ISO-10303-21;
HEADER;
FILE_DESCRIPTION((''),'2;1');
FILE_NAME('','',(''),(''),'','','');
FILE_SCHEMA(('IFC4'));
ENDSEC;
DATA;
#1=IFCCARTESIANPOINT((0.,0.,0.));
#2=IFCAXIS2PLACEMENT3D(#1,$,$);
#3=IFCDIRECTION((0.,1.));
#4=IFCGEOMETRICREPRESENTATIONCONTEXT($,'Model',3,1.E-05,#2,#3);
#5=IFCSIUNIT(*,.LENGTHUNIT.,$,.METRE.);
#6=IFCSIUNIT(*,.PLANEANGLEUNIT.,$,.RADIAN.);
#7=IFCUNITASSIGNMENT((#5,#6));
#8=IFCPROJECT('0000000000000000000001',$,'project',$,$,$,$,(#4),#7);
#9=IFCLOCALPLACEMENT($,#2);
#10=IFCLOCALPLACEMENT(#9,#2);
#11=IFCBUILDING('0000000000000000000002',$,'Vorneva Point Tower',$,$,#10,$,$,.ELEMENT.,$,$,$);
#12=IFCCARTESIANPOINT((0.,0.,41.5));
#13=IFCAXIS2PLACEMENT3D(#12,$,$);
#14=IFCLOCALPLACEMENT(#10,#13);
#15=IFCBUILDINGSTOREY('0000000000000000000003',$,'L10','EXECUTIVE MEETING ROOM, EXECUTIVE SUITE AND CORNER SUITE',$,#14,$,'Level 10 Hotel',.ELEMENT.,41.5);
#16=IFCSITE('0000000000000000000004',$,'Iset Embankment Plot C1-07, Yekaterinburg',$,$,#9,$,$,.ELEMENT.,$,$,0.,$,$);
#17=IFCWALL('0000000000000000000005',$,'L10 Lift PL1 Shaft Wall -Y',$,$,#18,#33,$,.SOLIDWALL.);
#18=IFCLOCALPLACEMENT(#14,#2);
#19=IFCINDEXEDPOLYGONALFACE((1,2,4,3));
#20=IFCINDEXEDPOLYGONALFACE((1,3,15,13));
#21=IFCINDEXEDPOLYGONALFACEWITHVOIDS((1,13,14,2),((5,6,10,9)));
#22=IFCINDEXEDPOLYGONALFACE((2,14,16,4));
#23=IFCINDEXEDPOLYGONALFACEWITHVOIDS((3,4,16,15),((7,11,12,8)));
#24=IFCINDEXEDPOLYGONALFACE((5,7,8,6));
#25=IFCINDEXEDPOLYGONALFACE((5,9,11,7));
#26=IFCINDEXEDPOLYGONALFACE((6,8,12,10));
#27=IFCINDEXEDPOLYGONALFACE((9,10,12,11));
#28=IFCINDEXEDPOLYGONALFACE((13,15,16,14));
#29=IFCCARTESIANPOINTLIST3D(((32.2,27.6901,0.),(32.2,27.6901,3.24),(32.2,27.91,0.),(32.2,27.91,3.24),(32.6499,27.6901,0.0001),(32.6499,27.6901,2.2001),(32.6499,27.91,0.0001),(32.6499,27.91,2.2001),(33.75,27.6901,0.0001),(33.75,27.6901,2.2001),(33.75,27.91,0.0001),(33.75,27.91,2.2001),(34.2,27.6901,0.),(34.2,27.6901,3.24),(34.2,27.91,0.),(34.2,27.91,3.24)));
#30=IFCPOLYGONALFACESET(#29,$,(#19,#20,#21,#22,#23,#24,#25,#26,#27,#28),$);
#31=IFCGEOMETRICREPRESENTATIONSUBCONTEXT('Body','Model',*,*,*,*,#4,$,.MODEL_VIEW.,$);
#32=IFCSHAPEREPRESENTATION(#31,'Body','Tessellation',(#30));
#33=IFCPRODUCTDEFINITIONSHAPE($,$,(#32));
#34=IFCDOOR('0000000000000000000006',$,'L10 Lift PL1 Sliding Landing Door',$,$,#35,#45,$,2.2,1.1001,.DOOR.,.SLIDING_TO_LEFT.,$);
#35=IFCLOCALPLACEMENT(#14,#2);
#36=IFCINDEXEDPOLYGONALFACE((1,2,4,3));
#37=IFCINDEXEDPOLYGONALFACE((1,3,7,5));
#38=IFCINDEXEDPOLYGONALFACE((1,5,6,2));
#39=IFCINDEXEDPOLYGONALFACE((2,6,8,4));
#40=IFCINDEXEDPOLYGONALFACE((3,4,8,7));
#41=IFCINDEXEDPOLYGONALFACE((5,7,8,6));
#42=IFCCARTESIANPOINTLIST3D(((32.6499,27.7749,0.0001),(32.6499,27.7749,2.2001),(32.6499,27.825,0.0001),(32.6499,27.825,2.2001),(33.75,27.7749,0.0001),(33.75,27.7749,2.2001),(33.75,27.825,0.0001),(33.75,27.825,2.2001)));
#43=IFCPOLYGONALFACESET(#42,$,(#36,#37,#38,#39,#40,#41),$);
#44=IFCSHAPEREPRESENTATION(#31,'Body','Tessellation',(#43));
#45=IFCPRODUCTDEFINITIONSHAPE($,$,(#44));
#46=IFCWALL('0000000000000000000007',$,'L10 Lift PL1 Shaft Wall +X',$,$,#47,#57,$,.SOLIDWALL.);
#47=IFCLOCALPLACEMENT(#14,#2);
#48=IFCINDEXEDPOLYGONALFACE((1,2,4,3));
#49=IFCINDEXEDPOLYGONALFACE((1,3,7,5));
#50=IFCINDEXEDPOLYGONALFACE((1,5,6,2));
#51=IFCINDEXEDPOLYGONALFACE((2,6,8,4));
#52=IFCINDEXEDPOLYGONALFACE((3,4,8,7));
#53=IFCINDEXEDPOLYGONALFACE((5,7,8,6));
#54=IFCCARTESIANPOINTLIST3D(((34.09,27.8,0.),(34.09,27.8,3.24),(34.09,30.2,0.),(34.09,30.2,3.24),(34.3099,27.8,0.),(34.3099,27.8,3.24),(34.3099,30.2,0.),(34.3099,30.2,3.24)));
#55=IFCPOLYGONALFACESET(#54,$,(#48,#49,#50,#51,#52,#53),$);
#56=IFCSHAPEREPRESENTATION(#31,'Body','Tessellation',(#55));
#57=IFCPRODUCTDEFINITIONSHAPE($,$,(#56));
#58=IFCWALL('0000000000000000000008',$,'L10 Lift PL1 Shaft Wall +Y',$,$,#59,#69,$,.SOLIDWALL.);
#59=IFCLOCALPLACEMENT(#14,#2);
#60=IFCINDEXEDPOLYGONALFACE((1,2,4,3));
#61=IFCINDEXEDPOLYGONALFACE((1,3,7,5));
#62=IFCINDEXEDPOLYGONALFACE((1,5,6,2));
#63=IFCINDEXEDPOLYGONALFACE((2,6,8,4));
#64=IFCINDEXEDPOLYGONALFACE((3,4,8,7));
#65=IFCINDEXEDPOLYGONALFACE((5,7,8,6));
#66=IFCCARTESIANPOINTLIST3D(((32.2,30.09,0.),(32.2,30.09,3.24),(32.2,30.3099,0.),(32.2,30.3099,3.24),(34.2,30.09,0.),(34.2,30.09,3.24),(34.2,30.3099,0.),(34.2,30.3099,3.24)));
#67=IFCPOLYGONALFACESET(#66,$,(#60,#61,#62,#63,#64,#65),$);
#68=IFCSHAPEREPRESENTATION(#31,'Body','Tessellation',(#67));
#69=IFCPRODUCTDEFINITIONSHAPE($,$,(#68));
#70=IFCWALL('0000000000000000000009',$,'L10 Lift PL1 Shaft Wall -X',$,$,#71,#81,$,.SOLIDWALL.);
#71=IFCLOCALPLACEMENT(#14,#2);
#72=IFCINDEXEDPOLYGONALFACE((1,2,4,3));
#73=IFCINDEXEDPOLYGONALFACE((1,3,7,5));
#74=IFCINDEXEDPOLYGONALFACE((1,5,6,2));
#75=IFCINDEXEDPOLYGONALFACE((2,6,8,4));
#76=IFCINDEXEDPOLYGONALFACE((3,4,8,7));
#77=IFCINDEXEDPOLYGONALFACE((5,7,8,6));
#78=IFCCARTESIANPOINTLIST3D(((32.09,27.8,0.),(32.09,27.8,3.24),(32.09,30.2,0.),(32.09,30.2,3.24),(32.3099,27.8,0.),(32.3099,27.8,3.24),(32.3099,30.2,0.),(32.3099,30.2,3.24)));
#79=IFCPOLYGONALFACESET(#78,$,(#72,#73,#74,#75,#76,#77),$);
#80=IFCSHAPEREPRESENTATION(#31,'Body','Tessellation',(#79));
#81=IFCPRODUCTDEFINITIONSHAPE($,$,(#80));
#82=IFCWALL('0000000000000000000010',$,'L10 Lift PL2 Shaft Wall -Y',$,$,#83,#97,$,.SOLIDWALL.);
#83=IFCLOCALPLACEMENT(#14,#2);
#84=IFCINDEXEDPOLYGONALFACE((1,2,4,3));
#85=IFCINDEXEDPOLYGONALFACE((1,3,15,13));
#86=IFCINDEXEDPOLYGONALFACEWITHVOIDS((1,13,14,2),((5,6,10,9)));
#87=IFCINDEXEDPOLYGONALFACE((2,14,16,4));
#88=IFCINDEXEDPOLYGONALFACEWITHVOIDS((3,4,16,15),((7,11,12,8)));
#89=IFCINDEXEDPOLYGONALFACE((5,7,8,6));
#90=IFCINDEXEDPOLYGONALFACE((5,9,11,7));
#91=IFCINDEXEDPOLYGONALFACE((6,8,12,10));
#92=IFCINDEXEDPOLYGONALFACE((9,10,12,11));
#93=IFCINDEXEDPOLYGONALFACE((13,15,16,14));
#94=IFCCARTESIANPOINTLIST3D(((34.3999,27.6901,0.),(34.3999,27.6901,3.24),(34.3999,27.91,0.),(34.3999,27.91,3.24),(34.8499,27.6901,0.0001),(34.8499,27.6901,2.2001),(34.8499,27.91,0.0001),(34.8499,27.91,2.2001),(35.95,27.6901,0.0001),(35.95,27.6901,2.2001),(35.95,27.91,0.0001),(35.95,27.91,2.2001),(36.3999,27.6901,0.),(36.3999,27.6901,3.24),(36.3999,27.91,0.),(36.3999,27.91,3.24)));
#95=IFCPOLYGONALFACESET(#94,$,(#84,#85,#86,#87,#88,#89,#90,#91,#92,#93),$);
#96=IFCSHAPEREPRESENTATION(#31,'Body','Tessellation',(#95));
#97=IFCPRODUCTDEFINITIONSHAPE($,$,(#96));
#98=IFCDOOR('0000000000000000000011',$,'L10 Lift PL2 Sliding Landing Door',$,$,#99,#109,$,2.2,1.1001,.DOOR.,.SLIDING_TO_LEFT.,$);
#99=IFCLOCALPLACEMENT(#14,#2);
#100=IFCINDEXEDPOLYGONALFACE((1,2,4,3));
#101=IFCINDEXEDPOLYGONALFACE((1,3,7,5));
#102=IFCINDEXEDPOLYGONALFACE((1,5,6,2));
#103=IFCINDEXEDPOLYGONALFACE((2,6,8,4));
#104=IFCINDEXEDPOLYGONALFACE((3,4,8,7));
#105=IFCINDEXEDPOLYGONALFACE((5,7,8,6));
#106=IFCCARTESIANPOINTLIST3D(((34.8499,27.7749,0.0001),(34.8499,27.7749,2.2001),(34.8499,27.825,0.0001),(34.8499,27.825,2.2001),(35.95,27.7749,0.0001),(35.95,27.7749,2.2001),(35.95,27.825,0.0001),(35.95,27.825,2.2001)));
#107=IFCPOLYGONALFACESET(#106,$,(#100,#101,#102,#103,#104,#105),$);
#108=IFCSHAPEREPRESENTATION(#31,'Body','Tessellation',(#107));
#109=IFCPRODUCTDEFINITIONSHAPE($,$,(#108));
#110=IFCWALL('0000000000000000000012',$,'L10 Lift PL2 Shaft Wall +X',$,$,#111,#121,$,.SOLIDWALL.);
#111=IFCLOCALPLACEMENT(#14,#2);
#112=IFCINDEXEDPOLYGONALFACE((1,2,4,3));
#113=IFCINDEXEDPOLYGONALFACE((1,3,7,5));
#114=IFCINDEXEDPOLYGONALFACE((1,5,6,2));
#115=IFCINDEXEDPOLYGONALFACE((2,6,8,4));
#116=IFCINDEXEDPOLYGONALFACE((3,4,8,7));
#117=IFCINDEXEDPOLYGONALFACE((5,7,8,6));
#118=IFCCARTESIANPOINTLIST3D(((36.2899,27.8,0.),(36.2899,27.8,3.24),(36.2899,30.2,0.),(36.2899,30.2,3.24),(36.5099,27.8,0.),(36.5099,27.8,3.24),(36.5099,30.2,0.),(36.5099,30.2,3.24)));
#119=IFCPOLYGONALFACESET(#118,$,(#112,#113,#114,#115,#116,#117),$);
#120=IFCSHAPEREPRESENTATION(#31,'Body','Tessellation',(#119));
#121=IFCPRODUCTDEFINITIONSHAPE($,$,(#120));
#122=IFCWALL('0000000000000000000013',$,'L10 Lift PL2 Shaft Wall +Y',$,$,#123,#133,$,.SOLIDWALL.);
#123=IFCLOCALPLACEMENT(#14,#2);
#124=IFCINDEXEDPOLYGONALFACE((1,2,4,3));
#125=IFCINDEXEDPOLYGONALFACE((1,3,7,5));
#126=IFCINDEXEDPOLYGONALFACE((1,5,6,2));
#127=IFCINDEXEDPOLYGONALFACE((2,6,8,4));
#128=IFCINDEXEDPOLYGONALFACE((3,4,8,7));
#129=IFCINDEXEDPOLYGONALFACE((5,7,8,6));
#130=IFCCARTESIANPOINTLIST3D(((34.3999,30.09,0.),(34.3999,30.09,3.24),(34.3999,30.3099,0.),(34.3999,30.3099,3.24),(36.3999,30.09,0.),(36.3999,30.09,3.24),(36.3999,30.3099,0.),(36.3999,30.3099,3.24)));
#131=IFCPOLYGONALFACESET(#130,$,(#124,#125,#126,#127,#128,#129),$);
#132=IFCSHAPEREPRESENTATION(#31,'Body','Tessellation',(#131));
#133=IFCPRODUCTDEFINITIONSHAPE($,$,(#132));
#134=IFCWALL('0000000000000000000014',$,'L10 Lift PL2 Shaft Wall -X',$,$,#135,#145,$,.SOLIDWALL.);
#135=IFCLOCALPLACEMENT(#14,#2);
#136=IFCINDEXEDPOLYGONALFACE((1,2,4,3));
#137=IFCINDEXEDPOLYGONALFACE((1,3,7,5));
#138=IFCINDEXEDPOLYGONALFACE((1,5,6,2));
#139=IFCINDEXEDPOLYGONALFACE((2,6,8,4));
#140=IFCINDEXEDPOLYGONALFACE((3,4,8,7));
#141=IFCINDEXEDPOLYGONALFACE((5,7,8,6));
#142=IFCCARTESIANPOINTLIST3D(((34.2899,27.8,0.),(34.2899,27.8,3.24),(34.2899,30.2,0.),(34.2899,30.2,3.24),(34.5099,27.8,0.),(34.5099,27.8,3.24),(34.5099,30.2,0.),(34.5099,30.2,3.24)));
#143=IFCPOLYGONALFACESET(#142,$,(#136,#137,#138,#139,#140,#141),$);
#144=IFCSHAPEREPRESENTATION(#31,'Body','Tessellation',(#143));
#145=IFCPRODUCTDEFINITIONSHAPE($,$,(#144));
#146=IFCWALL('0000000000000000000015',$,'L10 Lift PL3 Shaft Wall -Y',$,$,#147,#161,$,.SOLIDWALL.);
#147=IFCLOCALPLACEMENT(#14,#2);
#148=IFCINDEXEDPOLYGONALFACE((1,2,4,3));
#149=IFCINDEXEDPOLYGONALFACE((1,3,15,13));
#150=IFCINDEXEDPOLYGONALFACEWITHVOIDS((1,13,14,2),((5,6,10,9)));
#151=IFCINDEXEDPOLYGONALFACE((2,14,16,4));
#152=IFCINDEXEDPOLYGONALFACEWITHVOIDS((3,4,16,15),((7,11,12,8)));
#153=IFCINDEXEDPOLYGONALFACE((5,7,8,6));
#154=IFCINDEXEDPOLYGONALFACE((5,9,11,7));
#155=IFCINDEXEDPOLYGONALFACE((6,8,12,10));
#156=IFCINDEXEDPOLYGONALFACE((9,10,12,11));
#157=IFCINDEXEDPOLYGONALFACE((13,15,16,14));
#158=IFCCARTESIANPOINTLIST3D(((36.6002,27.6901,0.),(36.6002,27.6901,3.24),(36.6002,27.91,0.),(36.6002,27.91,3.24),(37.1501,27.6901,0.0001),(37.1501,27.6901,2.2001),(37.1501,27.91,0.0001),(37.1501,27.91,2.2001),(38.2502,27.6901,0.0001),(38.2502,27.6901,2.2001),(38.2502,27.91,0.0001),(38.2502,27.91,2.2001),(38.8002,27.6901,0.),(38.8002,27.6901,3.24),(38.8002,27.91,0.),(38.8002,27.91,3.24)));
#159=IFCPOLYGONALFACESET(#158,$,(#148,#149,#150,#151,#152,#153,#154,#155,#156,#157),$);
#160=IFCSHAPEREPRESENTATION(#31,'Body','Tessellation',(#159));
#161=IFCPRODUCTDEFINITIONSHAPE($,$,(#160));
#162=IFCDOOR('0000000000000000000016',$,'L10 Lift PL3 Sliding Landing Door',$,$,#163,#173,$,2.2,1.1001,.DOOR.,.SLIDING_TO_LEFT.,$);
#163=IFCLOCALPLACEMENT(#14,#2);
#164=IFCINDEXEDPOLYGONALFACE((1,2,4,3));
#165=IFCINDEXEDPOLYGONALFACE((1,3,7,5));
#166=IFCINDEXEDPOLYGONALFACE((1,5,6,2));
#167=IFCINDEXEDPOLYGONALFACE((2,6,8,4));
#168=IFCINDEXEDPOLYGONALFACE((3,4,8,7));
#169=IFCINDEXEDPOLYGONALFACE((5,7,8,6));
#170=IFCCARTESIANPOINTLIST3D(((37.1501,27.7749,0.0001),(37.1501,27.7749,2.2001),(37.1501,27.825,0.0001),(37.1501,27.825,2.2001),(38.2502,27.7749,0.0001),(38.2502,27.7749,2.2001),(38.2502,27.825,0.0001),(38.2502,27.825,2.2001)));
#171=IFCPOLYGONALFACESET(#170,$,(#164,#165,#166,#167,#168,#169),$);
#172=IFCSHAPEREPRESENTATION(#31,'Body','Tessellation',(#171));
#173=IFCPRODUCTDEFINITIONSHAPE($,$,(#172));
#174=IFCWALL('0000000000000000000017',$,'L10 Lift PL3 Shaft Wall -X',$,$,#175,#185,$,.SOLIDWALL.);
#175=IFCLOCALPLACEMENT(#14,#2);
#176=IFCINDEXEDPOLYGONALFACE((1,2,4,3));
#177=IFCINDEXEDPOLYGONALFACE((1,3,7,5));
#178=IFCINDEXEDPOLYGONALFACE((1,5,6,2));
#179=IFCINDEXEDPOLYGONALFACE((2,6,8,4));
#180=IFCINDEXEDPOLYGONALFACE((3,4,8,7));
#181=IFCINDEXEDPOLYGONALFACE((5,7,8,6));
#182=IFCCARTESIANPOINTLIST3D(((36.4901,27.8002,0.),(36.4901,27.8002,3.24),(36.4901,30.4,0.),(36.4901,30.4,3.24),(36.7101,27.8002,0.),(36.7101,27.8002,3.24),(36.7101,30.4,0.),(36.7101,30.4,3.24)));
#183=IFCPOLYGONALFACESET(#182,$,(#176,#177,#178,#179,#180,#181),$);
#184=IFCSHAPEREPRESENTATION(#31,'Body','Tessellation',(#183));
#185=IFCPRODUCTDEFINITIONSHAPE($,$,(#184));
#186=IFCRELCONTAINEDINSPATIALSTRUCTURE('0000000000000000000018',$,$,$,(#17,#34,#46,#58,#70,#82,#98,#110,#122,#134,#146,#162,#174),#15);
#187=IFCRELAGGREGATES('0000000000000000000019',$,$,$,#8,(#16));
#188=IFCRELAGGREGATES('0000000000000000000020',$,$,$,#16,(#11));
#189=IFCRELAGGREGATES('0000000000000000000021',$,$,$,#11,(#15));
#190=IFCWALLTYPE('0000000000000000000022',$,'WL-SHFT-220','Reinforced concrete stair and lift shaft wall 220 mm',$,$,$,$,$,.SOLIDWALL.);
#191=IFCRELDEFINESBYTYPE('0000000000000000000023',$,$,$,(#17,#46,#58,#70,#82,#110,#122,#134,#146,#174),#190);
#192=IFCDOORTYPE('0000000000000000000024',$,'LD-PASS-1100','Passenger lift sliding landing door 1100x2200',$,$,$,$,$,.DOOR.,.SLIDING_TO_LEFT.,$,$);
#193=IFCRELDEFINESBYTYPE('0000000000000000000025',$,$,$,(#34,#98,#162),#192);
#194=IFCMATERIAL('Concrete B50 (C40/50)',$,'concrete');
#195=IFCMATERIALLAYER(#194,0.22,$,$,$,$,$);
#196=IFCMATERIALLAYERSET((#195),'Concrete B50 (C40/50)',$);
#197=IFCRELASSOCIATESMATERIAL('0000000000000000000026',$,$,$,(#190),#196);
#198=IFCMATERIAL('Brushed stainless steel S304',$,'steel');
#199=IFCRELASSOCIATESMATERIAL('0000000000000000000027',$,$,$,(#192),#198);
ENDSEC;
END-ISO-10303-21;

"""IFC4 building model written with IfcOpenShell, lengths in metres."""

from ifc_helpers import new_model, si_unit, direction, frame, frame_2d, origin, place, context, subcontext, project, spatial, rectangle, extrude, material, layer, layer_set, type_object, element, fill, save


model = new_model("IFC4")

# Units and contexts
model_context = context("Model", 3, precision=1e-05, world=origin(), true_north=direction((0.0, 1.0)))
body_context = subcontext(model_context, "Body", "Model", "MODEL_VIEW")
ifc_project = project(units=[si_unit("LENGTHUNIT", "METRE"), si_unit("PLANEANGLEUNIT", "RADIAN")], contexts=[model_context])

# Site, building, storey
site_placement = place(None, origin())
site = spatial("IfcSite", under=ifc_project, at=site_placement, Name="Iset Embankment Plot C1-07, Yekaterinburg", CompositionType="ELEMENT", RefElevation=0.0)
building_placement = place(site_placement, origin())
building = spatial("IfcBuilding", under=site, at=building_placement, Name="Vorneva Point Tower", CompositionType="ELEMENT")
storey_placement = place(building_placement, frame((0.0, 0.0, 41.5)))
storey = spatial("IfcBuildingStorey", under=building, at=storey_placement, Name="L10", Description="EXECUTIVE MEETING ROOM, EXECUTIVE SUITE AND CORNER SUITE", LongName="Level 10 Hotel", CompositionType="ELEMENT", Elevation=41.5)

# Wall, opening, door
ifc_material_1 = material(Name="Concrete B50 (C40/50)", Category="concrete")
ifc_layer_1 = layer(ifc_material_1, 0.22)
ifc_layer_set_1 = layer_set([ifc_layer_1], Name="Concrete B50 (C40/50)")
wall_type_1 = type_object("IfcWallType", Name="WL-SHFT-220", Description="Reinforced concrete stair and lift shaft wall 220 mm", PredefinedType="SOLIDWALL", material=ifc_layer_set_1)
wall_1_placement = place(storey_placement, frame((32.2, 27.8, 0.0), z_axis=(0.0, 0.0, 1.0), x_axis=(1.0, 0.0, 0.0)))
wall_1 = element("IfcWall", 1, at=wall_1_placement, inside=storey, type_object=wall_type_1, Name="L10 Lift PL1 Shaft Wall -Y", PredefinedType="SOLIDWALL", context=body_context, shape_type="SweptSolid", body=[
    extrude(rectangle(XDim=2.0, YDim=0.22, at=frame_2d((1.0, 0.0))), origin(), (0.0, 0.0, 1.0), 3.24),
])
opening_1_placement = place(wall_1_placement, frame((0.45, 0.0, 0.0)))
opening_1 = element("IfcOpeningElement", 2, at=opening_1_placement, cuts=wall_1, PredefinedType="OPENING", context=body_context, shape_type="SweptSolid", body=[
    extrude(rectangle(XDim=1.1001, YDim=2.2, at=frame_2d((0.55, 1.1001))), frame((0.0, 0.125, 0.0), z_axis=(0.0, -1.0, 0.0), x_axis=(1.0, 0.0, 0.0)), (0.0, 0.0, 1.0), 0.2498),
])
ifc_material_2 = material(Name="Brushed stainless steel S304", Category="steel")
door_type = type_object("IfcDoorType", Name="LD-PASS-1100", Description="Passenger lift sliding landing door 1100x2200", OperationType="SLIDING_TO_LEFT", PredefinedType="DOOR", material=ifc_material_2)
door_1_placement = place(opening_1_placement, origin())
door_1 = element("IfcDoor", 3, at=door_1_placement, inside=storey, type_object=door_type, Name="L10 Lift PL1 Sliding Landing Door", OperationType="SLIDING_TO_LEFT", OverallHeight=2.2, OverallWidth=1.1001, PredefinedType="DOOR", context=body_context, shape_type="SweptSolid", body=[
    extrude(rectangle(XDim=1.1001, YDim=2.2, at=frame_2d((0.55, 1.1001))), frame((0.0, 0.0249, 0.0), z_axis=(0.0, -1.0, 0.0), x_axis=(1.0, 0.0, 0.0)), (0.0, 0.0, 1.0), 0.05),
])
fill(opening_1, door_1)

# Walls
wall_2_placement = place(storey_placement, frame((34.2, 27.8, 0.0), z_axis=(0.0, 0.0, 1.0), x_axis=(0.0, 1.0, 0.0)))
element("IfcWall", 4, at=wall_2_placement, inside=storey, type_object=wall_type_1, Name="L10 Lift PL1 Shaft Wall +X", PredefinedType="SOLIDWALL", context=body_context, shape_type="SweptSolid", body=[
    extrude(rectangle(XDim=2.3999, YDim=0.22, at=frame_2d((1.2, 0.0))), origin(), (0.0, 0.0, 1.0), 3.24),
])
wall_3_placement = place(storey_placement, frame((34.2, 30.2, 0.0), z_axis=(0.0, 0.0, 1.0), x_axis=(-1.0, 0.0, 0.0)))
element("IfcWall", 5, at=wall_3_placement, inside=storey, type_object=wall_type_1, Name="L10 Lift PL1 Shaft Wall +Y", PredefinedType="SOLIDWALL", context=body_context, shape_type="SweptSolid", body=[
    extrude(rectangle(XDim=2.0, YDim=0.22, at=frame_2d((1.0, 0.0))), origin(), (0.0, 0.0, 1.0), 3.24),
])
wall_4_placement = place(storey_placement, frame((32.2, 30.2, 0.0), z_axis=(0.0, 0.0, 1.0), x_axis=(0.0, -1.0, 0.0)))
element("IfcWall", 6, at=wall_4_placement, inside=storey, type_object=wall_type_1, Name="L10 Lift PL1 Shaft Wall -X", PredefinedType="SOLIDWALL", context=body_context, shape_type="SweptSolid", body=[
    extrude(rectangle(XDim=2.3999, YDim=0.22, at=frame_2d((1.2, 0.0))), origin(), (0.0, 0.0, 1.0), 3.24),
])

# Wall, opening, door
wall_5_placement = place(storey_placement, frame((34.3999, 27.8, 0.0), z_axis=(0.0, 0.0, 1.0), x_axis=(1.0, 0.0, 0.0)))
wall_5 = element("IfcWall", 7, at=wall_5_placement, inside=storey, type_object=wall_type_1, Name="L10 Lift PL2 Shaft Wall -Y", PredefinedType="SOLIDWALL", context=body_context, shape_type="SweptSolid", body=[
    extrude(rectangle(XDim=2.0, YDim=0.22, at=frame_2d((1.0, 0.0))), origin(), (0.0, 0.0, 1.0), 3.24),
])
opening_2_placement = place(wall_5_placement, frame((0.45, 0.0, 0.0)))
opening_2 = element("IfcOpeningElement", 8, at=opening_2_placement, cuts=wall_5, PredefinedType="OPENING", context=body_context, shape_type="SweptSolid", body=[
    extrude(rectangle(XDim=1.1001, YDim=2.2, at=frame_2d((0.55, 1.1001))), frame((0.0, 0.125, 0.0), z_axis=(0.0, -1.0, 0.0), x_axis=(1.0, 0.0, 0.0)), (0.0, 0.0, 1.0), 0.2498),
])
door_2_placement = place(opening_2_placement, origin())
door_2 = element("IfcDoor", 9, at=door_2_placement, inside=storey, type_object=door_type, Name="L10 Lift PL2 Sliding Landing Door", OperationType="SLIDING_TO_LEFT", OverallHeight=2.2, OverallWidth=1.1001, PredefinedType="DOOR", context=body_context, shape_type="SweptSolid", body=[
    extrude(rectangle(XDim=1.1001, YDim=2.2, at=frame_2d((0.55, 1.1001))), frame((0.0, 0.0249, 0.0), z_axis=(0.0, -1.0, 0.0), x_axis=(1.0, 0.0, 0.0)), (0.0, 0.0, 1.0), 0.05),
])
fill(opening_2, door_2)

# Walls
wall_6_placement = place(storey_placement, frame((36.3999, 27.8, 0.0), z_axis=(0.0, 0.0, 1.0), x_axis=(0.0, 1.0, 0.0)))
element("IfcWall", 10, at=wall_6_placement, inside=storey, type_object=wall_type_1, Name="L10 Lift PL2 Shaft Wall +X", PredefinedType="SOLIDWALL", context=body_context, shape_type="SweptSolid", body=[
    extrude(rectangle(XDim=2.3999, YDim=0.22, at=frame_2d((1.2, 0.0))), origin(), (0.0, 0.0, 1.0), 3.24),
])
wall_7_placement = place(storey_placement, frame((36.3999, 30.2, 0.0), z_axis=(0.0, 0.0, 1.0), x_axis=(-1.0, 0.0, 0.0)))
element("IfcWall", 11, at=wall_7_placement, inside=storey, type_object=wall_type_1, Name="L10 Lift PL2 Shaft Wall +Y", PredefinedType="SOLIDWALL", context=body_context, shape_type="SweptSolid", body=[
    extrude(rectangle(XDim=2.0, YDim=0.22, at=frame_2d((1.0, 0.0))), origin(), (0.0, 0.0, 1.0), 3.24),
])
wall_8_placement = place(storey_placement, frame((34.3999, 30.2, 0.0), z_axis=(0.0, 0.0, 1.0), x_axis=(0.0, -1.0, 0.0)))
element("IfcWall", 12, at=wall_8_placement, inside=storey, type_object=wall_type_1, Name="L10 Lift PL2 Shaft Wall -X", PredefinedType="SOLIDWALL", context=body_context, shape_type="SweptSolid", body=[
    extrude(rectangle(XDim=2.3999, YDim=0.22, at=frame_2d((1.2, 0.0))), origin(), (0.0, 0.0, 1.0), 3.24),
])

# Wall, opening, door
wall_9_placement = place(storey_placement, frame((36.6001, 27.8, 0.0), z_axis=(0.0, 0.0, 1.0), x_axis=(1.0, 0.0, 0.0)))
wall_9 = element("IfcWall", 13, at=wall_9_placement, inside=storey, type_object=wall_type_1, Name="L10 Lift PL3 Shaft Wall -Y", PredefinedType="SOLIDWALL", context=body_context, shape_type="SweptSolid", body=[
    extrude(rectangle(XDim=2.2, YDim=0.22, at=frame_2d((1.1001, 0.0))), origin(), (0.0, 0.0, 1.0), 3.24),
])
opening_3_placement = place(wall_9_placement, frame((0.55, 0.0, 0.0)))
opening_3 = element("IfcOpeningElement", 14, at=opening_3_placement, cuts=wall_9, PredefinedType="OPENING", context=body_context, shape_type="SweptSolid", body=[
    extrude(rectangle(XDim=1.1001, YDim=2.2, at=frame_2d((0.55, 1.1001))), frame((0.0, 0.125, 0.0), z_axis=(0.0, -1.0, 0.0), x_axis=(1.0, 0.0, 0.0)), (0.0, 0.0, 1.0), 0.2498),
])
door_3_placement = place(opening_3_placement, origin())
door_3 = element("IfcDoor", 15, at=door_3_placement, inside=storey, type_object=door_type, Name="L10 Lift PL3 Sliding Landing Door", OperationType="SLIDING_TO_LEFT", OverallHeight=2.2, OverallWidth=1.1001, PredefinedType="DOOR", context=body_context, shape_type="SweptSolid", body=[
    extrude(rectangle(XDim=1.1001, YDim=2.2, at=frame_2d((0.55, 1.1001))), frame((0.0, 0.0249, 0.0), z_axis=(0.0, -1.0, 0.0), x_axis=(1.0, 0.0, 0.0)), (0.0, 0.0, 1.0), 0.05),
])
fill(opening_3, door_3)

# Wall
wall_10_placement = place(storey_placement, frame((36.6001, 30.3999, 0.0), z_axis=(0.0, 0.0, 1.0), x_axis=(0.0, -1.0, 0.0)))
element("IfcWall", 16, at=wall_10_placement, inside=storey, type_object=wall_type_1, Name="L10 Lift PL3 Shaft Wall -X", PredefinedType="SOLIDWALL", context=body_context, shape_type="SweptSolid", body=[
    extrude(rectangle(XDim=2.5999, YDim=0.22, at=frame_2d((1.2998, 0.0))), origin(), (0.0, 0.0, 1.0), 3.24),
])

save(model, "model.ifc")
